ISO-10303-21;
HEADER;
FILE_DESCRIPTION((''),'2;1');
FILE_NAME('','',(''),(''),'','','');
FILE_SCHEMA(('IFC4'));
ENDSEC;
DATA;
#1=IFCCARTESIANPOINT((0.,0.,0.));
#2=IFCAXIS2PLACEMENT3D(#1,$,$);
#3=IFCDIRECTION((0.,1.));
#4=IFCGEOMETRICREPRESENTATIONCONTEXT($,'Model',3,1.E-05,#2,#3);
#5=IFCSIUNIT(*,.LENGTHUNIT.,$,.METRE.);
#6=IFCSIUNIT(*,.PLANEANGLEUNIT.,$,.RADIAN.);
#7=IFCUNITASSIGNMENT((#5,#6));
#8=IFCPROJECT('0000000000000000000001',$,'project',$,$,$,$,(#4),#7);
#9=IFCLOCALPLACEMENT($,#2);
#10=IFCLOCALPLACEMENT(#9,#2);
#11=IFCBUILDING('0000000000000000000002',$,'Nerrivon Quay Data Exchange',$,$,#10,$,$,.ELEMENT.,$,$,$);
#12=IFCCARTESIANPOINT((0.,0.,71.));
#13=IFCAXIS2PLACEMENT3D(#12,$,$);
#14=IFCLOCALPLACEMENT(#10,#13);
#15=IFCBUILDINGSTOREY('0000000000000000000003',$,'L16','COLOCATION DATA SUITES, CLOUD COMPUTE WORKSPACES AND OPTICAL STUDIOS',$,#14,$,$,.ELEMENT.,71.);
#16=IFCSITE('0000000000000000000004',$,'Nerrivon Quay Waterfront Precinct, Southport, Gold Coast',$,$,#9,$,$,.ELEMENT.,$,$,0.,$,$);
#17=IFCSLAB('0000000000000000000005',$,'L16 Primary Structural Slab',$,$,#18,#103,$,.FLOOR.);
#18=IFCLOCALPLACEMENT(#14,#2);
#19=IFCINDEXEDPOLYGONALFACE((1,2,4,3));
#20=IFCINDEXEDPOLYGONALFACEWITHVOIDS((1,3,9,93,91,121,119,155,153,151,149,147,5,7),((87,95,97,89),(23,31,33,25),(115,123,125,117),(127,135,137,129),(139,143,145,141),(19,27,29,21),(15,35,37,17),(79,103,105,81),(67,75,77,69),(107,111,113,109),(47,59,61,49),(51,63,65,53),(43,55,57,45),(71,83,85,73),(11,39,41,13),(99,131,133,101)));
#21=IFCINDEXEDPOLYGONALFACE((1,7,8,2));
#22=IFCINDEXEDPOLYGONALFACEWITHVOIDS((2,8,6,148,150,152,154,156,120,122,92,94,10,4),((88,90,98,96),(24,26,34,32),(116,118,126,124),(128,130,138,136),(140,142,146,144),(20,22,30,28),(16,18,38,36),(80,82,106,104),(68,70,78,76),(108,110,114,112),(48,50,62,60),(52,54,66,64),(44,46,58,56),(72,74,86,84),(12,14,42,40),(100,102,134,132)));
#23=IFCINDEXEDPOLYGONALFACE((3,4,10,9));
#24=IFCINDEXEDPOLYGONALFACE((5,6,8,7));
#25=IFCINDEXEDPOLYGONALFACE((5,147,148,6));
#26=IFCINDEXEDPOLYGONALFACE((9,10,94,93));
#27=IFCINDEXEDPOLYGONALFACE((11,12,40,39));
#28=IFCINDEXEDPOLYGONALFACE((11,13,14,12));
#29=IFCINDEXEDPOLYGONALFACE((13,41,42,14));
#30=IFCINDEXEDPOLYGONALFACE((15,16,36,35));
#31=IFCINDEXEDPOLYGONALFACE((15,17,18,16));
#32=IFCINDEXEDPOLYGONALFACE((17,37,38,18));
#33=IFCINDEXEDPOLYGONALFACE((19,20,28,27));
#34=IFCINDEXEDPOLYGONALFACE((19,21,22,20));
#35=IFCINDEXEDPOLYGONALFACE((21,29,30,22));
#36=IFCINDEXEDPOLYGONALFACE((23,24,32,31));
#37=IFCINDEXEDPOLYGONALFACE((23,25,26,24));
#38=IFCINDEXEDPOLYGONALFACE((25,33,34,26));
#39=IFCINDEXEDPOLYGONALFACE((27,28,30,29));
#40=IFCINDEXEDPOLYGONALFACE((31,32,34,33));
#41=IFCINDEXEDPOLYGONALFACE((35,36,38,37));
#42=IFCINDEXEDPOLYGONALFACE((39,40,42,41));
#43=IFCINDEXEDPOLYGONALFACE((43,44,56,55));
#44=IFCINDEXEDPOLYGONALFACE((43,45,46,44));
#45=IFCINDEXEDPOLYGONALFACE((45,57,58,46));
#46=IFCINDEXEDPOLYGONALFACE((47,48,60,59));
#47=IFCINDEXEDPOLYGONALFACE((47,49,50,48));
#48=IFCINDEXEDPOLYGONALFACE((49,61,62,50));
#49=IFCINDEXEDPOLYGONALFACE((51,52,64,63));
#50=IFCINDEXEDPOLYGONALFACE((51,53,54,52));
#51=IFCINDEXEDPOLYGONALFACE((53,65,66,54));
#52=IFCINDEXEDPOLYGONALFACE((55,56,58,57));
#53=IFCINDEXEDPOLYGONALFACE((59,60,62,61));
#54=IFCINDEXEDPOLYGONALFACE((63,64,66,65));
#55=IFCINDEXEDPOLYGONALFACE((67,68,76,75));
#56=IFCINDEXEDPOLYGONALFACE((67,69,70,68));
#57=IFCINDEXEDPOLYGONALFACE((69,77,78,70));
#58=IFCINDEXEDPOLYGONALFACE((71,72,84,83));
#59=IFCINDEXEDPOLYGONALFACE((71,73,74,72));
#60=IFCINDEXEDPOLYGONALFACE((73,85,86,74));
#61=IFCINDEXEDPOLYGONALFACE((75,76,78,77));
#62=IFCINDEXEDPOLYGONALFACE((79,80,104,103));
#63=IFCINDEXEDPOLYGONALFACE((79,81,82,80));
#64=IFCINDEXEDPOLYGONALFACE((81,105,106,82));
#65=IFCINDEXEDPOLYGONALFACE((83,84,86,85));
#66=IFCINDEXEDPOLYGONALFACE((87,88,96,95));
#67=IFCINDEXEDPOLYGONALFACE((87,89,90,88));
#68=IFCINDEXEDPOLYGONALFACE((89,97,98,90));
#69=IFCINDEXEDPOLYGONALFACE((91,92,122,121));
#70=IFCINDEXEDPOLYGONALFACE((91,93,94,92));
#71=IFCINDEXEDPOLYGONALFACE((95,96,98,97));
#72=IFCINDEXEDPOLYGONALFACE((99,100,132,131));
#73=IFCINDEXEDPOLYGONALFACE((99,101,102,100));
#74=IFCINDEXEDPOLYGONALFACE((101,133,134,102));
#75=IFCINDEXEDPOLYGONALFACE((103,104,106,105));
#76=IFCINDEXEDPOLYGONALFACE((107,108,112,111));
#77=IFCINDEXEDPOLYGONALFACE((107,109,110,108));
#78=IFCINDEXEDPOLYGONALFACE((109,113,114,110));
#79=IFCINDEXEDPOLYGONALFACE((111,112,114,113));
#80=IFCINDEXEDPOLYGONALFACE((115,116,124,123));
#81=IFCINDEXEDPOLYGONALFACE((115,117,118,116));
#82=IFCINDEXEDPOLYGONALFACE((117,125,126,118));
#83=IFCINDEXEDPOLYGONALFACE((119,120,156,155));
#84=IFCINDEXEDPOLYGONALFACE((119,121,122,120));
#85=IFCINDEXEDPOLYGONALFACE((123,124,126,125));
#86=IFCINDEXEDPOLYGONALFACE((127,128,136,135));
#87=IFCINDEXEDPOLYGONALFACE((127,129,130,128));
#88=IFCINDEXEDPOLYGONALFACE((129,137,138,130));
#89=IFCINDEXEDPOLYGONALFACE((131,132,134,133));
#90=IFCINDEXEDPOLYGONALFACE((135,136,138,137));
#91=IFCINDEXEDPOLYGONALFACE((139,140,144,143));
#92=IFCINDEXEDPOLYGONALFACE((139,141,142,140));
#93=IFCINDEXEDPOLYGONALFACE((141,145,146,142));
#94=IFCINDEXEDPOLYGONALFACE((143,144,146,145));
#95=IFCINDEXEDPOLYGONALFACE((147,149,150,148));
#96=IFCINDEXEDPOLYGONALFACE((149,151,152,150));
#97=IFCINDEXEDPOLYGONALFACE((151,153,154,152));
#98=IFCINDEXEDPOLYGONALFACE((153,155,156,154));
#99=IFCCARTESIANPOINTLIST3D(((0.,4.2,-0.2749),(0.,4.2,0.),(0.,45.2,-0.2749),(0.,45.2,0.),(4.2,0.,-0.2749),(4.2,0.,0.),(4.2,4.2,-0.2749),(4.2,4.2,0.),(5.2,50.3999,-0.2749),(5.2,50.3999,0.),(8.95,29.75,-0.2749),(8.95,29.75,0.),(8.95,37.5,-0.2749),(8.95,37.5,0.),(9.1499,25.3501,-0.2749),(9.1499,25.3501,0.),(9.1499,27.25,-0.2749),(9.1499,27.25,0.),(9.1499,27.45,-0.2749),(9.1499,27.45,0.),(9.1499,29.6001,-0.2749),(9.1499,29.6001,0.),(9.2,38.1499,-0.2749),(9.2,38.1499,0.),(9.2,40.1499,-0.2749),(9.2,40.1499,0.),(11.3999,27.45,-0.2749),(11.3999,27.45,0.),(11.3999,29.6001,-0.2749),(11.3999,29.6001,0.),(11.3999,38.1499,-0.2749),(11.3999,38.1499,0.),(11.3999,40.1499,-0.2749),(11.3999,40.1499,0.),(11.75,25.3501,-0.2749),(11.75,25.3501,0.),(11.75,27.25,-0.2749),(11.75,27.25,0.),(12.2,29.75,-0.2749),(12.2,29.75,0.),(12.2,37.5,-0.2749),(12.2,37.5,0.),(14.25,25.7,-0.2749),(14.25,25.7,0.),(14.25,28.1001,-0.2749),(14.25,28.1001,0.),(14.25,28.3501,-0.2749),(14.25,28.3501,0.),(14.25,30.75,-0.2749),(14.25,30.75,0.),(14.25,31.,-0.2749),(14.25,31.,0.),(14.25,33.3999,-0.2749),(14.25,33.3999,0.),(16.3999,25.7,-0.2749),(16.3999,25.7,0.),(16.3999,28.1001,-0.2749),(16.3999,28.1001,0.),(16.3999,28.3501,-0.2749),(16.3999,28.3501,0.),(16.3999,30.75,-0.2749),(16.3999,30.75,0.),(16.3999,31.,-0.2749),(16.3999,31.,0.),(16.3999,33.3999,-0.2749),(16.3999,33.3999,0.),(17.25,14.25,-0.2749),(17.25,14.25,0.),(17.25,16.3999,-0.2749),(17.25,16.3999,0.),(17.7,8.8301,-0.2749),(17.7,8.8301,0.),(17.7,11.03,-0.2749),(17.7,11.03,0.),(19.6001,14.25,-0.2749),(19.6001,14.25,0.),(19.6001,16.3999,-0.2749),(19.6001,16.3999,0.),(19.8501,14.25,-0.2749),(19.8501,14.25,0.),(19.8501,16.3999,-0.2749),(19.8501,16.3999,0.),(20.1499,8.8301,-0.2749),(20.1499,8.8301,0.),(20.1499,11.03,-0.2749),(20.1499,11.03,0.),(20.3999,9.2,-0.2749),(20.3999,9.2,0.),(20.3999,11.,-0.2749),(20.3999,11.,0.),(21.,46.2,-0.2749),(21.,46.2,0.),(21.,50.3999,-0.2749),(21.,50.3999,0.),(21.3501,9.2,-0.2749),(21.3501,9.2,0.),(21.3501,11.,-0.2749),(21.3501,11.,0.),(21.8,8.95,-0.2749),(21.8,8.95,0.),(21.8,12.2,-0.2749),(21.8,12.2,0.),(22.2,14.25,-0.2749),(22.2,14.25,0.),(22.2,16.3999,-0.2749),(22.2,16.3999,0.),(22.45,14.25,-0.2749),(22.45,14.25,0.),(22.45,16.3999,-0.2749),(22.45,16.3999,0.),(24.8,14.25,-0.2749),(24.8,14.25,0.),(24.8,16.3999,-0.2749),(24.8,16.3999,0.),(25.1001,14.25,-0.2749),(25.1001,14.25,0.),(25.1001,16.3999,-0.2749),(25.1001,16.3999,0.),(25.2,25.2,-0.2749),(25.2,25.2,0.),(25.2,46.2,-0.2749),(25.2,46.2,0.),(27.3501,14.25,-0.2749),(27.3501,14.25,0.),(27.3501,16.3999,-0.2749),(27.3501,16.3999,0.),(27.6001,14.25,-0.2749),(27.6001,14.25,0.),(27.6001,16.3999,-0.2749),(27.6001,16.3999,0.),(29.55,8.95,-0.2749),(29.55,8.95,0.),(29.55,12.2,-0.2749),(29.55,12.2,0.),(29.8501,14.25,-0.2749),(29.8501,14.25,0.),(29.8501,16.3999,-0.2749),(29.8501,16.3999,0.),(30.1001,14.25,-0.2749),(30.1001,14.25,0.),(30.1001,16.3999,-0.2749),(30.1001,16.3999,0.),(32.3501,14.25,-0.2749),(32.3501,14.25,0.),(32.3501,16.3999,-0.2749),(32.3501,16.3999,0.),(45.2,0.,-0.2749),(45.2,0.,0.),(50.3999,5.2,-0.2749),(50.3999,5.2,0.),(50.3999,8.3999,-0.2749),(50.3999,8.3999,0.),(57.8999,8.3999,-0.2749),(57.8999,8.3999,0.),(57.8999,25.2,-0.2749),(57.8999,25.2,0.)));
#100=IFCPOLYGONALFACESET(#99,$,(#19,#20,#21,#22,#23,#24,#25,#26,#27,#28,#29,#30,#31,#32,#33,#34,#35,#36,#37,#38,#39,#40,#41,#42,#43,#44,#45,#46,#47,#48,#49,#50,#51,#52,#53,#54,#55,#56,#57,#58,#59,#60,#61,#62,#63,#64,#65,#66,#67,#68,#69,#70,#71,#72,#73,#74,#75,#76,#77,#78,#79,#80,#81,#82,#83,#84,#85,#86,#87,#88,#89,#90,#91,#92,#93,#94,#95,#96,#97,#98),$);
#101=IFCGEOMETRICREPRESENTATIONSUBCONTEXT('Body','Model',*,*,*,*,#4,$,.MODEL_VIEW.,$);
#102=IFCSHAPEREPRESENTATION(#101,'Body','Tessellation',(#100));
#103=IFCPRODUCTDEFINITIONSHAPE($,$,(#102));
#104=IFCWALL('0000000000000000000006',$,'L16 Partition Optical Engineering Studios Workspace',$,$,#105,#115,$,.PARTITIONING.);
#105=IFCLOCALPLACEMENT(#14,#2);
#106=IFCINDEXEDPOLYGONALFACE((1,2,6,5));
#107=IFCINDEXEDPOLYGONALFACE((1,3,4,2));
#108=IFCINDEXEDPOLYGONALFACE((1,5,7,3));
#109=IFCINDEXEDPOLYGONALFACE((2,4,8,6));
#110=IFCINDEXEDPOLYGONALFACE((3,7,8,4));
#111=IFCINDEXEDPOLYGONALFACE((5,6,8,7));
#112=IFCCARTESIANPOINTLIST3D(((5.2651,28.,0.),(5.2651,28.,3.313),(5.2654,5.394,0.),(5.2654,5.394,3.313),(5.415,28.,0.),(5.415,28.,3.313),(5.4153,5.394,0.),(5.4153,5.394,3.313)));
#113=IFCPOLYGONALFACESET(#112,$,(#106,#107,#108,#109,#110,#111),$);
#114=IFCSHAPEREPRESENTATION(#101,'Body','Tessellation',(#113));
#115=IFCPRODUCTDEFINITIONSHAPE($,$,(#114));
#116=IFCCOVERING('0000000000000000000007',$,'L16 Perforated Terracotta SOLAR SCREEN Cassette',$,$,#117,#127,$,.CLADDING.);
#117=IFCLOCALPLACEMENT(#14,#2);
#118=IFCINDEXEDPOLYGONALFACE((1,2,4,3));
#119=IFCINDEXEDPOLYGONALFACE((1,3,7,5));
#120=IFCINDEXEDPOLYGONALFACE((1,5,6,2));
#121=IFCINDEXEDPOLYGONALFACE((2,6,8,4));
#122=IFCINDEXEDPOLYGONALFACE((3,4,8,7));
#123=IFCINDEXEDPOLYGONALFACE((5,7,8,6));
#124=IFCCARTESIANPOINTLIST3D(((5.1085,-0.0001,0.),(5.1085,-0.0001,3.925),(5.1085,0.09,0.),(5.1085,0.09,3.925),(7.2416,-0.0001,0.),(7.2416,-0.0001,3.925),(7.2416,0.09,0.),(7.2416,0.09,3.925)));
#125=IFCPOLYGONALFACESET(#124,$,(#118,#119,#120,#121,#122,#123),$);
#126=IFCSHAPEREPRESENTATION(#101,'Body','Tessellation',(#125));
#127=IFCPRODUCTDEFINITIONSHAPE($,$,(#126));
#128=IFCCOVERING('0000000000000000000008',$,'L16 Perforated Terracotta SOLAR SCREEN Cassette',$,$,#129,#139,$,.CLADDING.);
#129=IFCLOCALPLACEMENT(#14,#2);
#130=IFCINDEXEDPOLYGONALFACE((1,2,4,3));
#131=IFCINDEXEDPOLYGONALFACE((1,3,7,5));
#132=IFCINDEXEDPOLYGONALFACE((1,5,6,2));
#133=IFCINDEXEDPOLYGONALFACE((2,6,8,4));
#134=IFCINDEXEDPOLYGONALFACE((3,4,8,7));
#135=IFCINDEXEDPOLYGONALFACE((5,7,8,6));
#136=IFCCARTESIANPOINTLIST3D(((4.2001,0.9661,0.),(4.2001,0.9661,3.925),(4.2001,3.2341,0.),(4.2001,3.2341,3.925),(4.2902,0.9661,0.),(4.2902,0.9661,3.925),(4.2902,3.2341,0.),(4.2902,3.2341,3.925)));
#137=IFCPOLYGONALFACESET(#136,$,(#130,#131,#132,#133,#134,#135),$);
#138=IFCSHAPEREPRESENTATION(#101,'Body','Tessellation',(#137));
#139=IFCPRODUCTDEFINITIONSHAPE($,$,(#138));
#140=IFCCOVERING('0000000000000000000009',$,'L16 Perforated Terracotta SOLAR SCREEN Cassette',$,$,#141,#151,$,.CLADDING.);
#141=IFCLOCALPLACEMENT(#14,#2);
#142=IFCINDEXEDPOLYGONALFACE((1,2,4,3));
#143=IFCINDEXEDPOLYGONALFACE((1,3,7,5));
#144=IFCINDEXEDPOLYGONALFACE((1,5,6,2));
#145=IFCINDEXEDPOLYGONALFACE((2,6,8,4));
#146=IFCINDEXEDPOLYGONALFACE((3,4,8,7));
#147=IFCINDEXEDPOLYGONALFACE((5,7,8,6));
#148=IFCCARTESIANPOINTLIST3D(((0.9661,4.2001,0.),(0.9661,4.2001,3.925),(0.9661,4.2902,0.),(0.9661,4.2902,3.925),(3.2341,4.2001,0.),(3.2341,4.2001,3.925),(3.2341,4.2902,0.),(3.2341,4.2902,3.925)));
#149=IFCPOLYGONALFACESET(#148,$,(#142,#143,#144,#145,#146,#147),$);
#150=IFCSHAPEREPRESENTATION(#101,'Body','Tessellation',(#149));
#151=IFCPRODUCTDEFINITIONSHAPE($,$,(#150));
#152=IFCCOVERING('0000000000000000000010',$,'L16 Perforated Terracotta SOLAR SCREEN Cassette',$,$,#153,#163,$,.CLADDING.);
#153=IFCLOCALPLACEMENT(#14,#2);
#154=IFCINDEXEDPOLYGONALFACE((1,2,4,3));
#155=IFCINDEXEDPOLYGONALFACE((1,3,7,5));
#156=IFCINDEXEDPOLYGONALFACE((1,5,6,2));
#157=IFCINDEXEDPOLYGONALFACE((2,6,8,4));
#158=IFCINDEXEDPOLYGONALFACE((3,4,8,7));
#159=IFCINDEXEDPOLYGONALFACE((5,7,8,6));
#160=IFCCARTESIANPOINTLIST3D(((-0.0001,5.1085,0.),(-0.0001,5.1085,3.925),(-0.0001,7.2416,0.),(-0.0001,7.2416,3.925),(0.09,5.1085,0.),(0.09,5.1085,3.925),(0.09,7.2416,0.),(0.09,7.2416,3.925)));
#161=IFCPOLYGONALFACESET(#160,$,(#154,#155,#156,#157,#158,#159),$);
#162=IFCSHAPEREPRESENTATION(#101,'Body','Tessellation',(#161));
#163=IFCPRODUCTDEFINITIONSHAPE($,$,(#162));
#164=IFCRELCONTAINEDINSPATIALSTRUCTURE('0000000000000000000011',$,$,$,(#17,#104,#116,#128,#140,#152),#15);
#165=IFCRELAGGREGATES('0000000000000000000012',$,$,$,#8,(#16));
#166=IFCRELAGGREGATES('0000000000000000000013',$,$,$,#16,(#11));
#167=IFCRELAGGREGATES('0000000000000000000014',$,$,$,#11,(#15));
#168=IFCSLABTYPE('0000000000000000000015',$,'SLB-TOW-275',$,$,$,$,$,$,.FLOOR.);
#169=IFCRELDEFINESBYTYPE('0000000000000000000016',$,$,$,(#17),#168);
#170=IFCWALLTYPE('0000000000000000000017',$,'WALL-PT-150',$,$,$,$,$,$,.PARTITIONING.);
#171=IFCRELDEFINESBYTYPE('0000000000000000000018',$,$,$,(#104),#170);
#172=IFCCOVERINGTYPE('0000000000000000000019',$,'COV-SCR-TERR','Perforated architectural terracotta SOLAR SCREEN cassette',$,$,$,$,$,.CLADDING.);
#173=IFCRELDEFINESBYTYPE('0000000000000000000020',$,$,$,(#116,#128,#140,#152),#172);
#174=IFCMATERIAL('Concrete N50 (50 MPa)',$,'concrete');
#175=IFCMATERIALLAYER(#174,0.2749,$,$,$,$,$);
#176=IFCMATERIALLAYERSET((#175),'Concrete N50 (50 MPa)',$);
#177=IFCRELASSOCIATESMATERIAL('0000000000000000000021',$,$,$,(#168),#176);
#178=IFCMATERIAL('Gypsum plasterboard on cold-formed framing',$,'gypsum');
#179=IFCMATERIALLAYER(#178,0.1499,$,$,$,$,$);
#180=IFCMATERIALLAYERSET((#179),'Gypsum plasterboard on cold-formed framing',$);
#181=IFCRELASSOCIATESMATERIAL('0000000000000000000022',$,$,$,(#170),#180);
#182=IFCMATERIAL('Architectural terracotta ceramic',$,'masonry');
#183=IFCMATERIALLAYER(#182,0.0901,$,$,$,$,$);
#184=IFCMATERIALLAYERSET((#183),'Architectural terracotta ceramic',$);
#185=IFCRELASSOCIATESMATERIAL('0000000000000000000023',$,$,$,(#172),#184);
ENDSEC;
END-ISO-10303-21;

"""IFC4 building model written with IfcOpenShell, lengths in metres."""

from ifc_helpers import new_model, si_unit, direction, frame, frame_2d, origin, origin_2d, place, context, subcontext, project, spatial, polyline, rectangle, outline, extrude, material, layer, layer_set, type_object, element, save


model = new_model("IFC4")

# Units and contexts
model_context = context("Model", 3, precision=1e-05, world=origin(), true_north=direction((0.0, 1.0)))
body_context = subcontext(model_context, "Body", "Model", "MODEL_VIEW")
ifc_project = project(units=[si_unit("LENGTHUNIT", "METRE"), si_unit("PLANEANGLEUNIT", "RADIAN")], contexts=[model_context])

# Site, building, storey
site_placement = place(None, origin())
site = spatial("IfcSite", under=ifc_project, at=site_placement, Name="Nerrivon Quay Waterfront Precinct, Southport, Gold Coast", CompositionType="ELEMENT", RefElevation=0.0)
building_placement = place(site_placement, origin())
building = spatial("IfcBuilding", under=site, at=building_placement, Name="Nerrivon Quay Data Exchange", CompositionType="ELEMENT")
storey_placement = place(building_placement, frame((0.0, 0.0, 71.0)))
storey = spatial("IfcBuildingStorey", under=building, at=storey_placement, Name="L16", Description="COLOCATION DATA SUITES, CLOUD COMPUTE WORKSPACES AND OPTICAL STUDIOS", CompositionType="ELEMENT", Elevation=71.0)

# Shared definitions
ifc_material_1 = material(Name="Concrete N50 (50 MPa)", Category="concrete")

# Slab
ifc_layer_1 = layer(ifc_material_1, 0.2749)
ifc_layer_set_1 = layer_set([ifc_layer_1], Name="Concrete N50 (50 MPa)")
slab_type_1 = type_object("IfcSlabType", Name="SLB-TOW-275", PredefinedType="FLOOR", material=ifc_layer_set_1)
slab_1_placement = place(storey_placement, frame((0.0, 0.0, -0.2749)))
element("IfcSlab", 1, at=slab_1_placement, inside=storey, type_object=slab_type_1, Name="L16 Primary Structural Slab", PredefinedType="FLOOR", context=body_context, shape_type="SweptSolid", body=[
    extrude(outline(polyline([(25.2, 25.2), (25.2, 46.2), (21.0, 46.2), (21.0, 50.3999), (5.2, 50.3999), (0.0, 45.2), (0.0, 4.2), (4.2, 4.2), (4.2, 0.0), (45.2, 0.0), (50.3999, 5.2), (50.3999, 8.3999), (57.8999, 8.3999), (57.8999, 25.2), (25.2, 25.2)]), holes=[polyline([(8.95, 29.75), (8.95, 37.5), (12.2, 37.5), (12.2, 29.75), (8.95, 29.75)]), polyline([(21.8, 12.2), (29.55, 12.2), (29.55, 8.95), (21.8, 8.95), (21.8, 12.2)]), polyline([(30.1001, 16.3999), (32.3501, 16.3999), (32.3501, 14.25), (30.1001, 14.25), (30.1001, 16.3999)]), polyline([(27.6001, 16.3999), (29.8501, 16.3999), (29.8501, 14.25), (27.6001, 14.25), (27.6001, 16.3999)]), polyline([(25.1001, 16.3999), (27.3501, 16.3999), (27.3501, 14.25), (25.1001, 14.25), (25.1001, 16.3999)]), polyline([(22.45, 16.3999), (24.8, 16.3999), (24.8, 14.25), (22.45, 14.25), (22.45, 16.3999)]), polyline([(19.8501, 16.3999), (22.2, 16.3999), (22.2, 14.25), (19.8501, 14.25), (19.8501, 16.3999)]), polyline([(20.3999, 11.0), (21.3501, 11.0), (21.3501, 9.2), (20.3999, 9.2), (20.3999, 11.0)]), polyline([(17.7, 8.8301), (17.7, 11.03), (20.1499, 11.03), (20.1499, 8.8301), (17.7, 8.8301)]), polyline([(17.25, 14.25), (17.25, 16.3999), (19.6001, 16.3999), (19.6001, 14.25), (17.25, 14.25)]), polyline([(14.25, 28.1001), (16.3999, 28.1001), (16.3999, 25.7), (14.25, 25.7), (14.25, 28.1001)]), polyline([(14.25, 30.75), (16.3999, 30.75), (16.3999, 28.3501), (14.25, 28.3501), (14.25, 30.75)]), polyline([(14.25, 33.3999), (16.3999, 33.3999), (16.3999, 31.0), (14.25, 31.0), (14.25, 33.3999)]), polyline([(9.1499, 27.25), (11.75, 27.25), (11.75, 25.3501), (9.1499, 25.3501), (9.1499, 27.25)]), polyline([(9.1499, 29.6001), (11.3999, 29.6001), (11.3999, 27.45), (9.1499, 27.45), (9.1499, 29.6001)]), polyline([(9.2, 40.1499), (11.3999, 40.1499), (11.3999, 38.1499), (9.2, 38.1499), (9.2, 40.1499)])]), origin(), (0.0, 0.0, 1.0), 0.2749),
])

# Wall
ifc_material_2 = material(Name="Gypsum plasterboard on cold-formed framing", Category="gypsum")
ifc_layer_2 = layer(ifc_material_2, 0.1499)
ifc_layer_set_2 = layer_set([ifc_layer_2], Name="Gypsum plasterboard on cold-formed framing")
wall_type = type_object("IfcWallType", Name="WALL-PT-150", PredefinedType="PARTITIONING", material=ifc_layer_set_2)
wall_placement = place(storey_placement, frame((5.3403, 5.394, 0.0), z_axis=(0.0, 0.0, 1.0), x_axis=(-0.000011, 1.0, 0.0)))
element("IfcWall", 2, at=wall_placement, inside=storey, type_object=wall_type, Name="L16 Partition Optical Engineering Studios Workspace", PredefinedType="PARTITIONING", context=body_context, shape_type="SweptSolid", body=[
    extrude(rectangle(XDim=22.606, YDim=0.1499, at=frame_2d((11.303, 0.0))), origin(), (0.0, 0.0, 1.0), 3.313),
])

# Coverings
ifc_material_3 = material(Name="Architectural terracotta ceramic", Category="masonry")
ifc_layer_3 = layer(ifc_material_3, 0.0901)
ifc_layer_set_3 = layer_set([ifc_layer_3], Name="Architectural terracotta ceramic")
covering_type = type_object("IfcCoveringType", Name="COV-SCR-TERR", Description="Perforated architectural terracotta SOLAR SCREEN cassette", PredefinedType="CLADDING", material=ifc_layer_set_3)
covering_1_placement = place(storey_placement, frame((6.175, 0.0449, 0.0), z_axis=(0.0, 0.0, 1.0), x_axis=(-1.0, 0.0, 0.0)))
element("IfcCovering", 3, at=covering_1_placement, inside=storey, type_object=covering_type, Name="L16 Perforated Terracotta SOLAR SCREEN Cassette", PredefinedType="CLADDING", context=body_context, shape_type="SweptSolid", body=[
    extrude(rectangle(XDim=2.1331, YDim=0.0901, at=origin_2d()), origin(), (0.0, 0.0, 1.0), 3.925),
])
for number, where, z_axis, x_axis, name in (
    (4, (4.2451, 2.1001, 0.0), (0.0, 0.0, 1.0), (0.0, 1.0, 0.0), "L16 Perforated Terracotta SOLAR SCREEN Cassette"),
    (5, (2.1001, 4.2451, 0.0), (0.0, 0.0, 1.0), (-1.0, 0.0, 0.0), "L16 Perforated Terracotta SOLAR SCREEN Cassette"),
):
    element("IfcCovering", number, at=place(storey_placement, frame(where, z_axis=z_axis, x_axis=x_axis)), inside=storey, type_object=covering_type, Name=name, PredefinedType="CLADDING", context=body_context, shape_type="SweptSolid", body=[
        extrude(rectangle(XDim=2.2681, YDim=0.0901, at=origin_2d()), origin(), (0.0, 0.0, 1.0), 3.925),
    ])
covering_2_placement = place(storey_placement, frame((0.0449, 6.175, 0.0), z_axis=(0.0, 0.0, 1.0), x_axis=(0.0, 1.0, 0.0)))
element("IfcCovering", 6, at=covering_2_placement, inside=storey, type_object=covering_type, Name="L16 Perforated Terracotta SOLAR SCREEN Cassette", PredefinedType="CLADDING", context=body_context, shape_type="SweptSolid", body=[
    extrude(rectangle(XDim=2.1331, YDim=0.0901, at=origin_2d()), origin(), (0.0, 0.0, 1.0), 3.925),
])

save(model, "model.ifc")
